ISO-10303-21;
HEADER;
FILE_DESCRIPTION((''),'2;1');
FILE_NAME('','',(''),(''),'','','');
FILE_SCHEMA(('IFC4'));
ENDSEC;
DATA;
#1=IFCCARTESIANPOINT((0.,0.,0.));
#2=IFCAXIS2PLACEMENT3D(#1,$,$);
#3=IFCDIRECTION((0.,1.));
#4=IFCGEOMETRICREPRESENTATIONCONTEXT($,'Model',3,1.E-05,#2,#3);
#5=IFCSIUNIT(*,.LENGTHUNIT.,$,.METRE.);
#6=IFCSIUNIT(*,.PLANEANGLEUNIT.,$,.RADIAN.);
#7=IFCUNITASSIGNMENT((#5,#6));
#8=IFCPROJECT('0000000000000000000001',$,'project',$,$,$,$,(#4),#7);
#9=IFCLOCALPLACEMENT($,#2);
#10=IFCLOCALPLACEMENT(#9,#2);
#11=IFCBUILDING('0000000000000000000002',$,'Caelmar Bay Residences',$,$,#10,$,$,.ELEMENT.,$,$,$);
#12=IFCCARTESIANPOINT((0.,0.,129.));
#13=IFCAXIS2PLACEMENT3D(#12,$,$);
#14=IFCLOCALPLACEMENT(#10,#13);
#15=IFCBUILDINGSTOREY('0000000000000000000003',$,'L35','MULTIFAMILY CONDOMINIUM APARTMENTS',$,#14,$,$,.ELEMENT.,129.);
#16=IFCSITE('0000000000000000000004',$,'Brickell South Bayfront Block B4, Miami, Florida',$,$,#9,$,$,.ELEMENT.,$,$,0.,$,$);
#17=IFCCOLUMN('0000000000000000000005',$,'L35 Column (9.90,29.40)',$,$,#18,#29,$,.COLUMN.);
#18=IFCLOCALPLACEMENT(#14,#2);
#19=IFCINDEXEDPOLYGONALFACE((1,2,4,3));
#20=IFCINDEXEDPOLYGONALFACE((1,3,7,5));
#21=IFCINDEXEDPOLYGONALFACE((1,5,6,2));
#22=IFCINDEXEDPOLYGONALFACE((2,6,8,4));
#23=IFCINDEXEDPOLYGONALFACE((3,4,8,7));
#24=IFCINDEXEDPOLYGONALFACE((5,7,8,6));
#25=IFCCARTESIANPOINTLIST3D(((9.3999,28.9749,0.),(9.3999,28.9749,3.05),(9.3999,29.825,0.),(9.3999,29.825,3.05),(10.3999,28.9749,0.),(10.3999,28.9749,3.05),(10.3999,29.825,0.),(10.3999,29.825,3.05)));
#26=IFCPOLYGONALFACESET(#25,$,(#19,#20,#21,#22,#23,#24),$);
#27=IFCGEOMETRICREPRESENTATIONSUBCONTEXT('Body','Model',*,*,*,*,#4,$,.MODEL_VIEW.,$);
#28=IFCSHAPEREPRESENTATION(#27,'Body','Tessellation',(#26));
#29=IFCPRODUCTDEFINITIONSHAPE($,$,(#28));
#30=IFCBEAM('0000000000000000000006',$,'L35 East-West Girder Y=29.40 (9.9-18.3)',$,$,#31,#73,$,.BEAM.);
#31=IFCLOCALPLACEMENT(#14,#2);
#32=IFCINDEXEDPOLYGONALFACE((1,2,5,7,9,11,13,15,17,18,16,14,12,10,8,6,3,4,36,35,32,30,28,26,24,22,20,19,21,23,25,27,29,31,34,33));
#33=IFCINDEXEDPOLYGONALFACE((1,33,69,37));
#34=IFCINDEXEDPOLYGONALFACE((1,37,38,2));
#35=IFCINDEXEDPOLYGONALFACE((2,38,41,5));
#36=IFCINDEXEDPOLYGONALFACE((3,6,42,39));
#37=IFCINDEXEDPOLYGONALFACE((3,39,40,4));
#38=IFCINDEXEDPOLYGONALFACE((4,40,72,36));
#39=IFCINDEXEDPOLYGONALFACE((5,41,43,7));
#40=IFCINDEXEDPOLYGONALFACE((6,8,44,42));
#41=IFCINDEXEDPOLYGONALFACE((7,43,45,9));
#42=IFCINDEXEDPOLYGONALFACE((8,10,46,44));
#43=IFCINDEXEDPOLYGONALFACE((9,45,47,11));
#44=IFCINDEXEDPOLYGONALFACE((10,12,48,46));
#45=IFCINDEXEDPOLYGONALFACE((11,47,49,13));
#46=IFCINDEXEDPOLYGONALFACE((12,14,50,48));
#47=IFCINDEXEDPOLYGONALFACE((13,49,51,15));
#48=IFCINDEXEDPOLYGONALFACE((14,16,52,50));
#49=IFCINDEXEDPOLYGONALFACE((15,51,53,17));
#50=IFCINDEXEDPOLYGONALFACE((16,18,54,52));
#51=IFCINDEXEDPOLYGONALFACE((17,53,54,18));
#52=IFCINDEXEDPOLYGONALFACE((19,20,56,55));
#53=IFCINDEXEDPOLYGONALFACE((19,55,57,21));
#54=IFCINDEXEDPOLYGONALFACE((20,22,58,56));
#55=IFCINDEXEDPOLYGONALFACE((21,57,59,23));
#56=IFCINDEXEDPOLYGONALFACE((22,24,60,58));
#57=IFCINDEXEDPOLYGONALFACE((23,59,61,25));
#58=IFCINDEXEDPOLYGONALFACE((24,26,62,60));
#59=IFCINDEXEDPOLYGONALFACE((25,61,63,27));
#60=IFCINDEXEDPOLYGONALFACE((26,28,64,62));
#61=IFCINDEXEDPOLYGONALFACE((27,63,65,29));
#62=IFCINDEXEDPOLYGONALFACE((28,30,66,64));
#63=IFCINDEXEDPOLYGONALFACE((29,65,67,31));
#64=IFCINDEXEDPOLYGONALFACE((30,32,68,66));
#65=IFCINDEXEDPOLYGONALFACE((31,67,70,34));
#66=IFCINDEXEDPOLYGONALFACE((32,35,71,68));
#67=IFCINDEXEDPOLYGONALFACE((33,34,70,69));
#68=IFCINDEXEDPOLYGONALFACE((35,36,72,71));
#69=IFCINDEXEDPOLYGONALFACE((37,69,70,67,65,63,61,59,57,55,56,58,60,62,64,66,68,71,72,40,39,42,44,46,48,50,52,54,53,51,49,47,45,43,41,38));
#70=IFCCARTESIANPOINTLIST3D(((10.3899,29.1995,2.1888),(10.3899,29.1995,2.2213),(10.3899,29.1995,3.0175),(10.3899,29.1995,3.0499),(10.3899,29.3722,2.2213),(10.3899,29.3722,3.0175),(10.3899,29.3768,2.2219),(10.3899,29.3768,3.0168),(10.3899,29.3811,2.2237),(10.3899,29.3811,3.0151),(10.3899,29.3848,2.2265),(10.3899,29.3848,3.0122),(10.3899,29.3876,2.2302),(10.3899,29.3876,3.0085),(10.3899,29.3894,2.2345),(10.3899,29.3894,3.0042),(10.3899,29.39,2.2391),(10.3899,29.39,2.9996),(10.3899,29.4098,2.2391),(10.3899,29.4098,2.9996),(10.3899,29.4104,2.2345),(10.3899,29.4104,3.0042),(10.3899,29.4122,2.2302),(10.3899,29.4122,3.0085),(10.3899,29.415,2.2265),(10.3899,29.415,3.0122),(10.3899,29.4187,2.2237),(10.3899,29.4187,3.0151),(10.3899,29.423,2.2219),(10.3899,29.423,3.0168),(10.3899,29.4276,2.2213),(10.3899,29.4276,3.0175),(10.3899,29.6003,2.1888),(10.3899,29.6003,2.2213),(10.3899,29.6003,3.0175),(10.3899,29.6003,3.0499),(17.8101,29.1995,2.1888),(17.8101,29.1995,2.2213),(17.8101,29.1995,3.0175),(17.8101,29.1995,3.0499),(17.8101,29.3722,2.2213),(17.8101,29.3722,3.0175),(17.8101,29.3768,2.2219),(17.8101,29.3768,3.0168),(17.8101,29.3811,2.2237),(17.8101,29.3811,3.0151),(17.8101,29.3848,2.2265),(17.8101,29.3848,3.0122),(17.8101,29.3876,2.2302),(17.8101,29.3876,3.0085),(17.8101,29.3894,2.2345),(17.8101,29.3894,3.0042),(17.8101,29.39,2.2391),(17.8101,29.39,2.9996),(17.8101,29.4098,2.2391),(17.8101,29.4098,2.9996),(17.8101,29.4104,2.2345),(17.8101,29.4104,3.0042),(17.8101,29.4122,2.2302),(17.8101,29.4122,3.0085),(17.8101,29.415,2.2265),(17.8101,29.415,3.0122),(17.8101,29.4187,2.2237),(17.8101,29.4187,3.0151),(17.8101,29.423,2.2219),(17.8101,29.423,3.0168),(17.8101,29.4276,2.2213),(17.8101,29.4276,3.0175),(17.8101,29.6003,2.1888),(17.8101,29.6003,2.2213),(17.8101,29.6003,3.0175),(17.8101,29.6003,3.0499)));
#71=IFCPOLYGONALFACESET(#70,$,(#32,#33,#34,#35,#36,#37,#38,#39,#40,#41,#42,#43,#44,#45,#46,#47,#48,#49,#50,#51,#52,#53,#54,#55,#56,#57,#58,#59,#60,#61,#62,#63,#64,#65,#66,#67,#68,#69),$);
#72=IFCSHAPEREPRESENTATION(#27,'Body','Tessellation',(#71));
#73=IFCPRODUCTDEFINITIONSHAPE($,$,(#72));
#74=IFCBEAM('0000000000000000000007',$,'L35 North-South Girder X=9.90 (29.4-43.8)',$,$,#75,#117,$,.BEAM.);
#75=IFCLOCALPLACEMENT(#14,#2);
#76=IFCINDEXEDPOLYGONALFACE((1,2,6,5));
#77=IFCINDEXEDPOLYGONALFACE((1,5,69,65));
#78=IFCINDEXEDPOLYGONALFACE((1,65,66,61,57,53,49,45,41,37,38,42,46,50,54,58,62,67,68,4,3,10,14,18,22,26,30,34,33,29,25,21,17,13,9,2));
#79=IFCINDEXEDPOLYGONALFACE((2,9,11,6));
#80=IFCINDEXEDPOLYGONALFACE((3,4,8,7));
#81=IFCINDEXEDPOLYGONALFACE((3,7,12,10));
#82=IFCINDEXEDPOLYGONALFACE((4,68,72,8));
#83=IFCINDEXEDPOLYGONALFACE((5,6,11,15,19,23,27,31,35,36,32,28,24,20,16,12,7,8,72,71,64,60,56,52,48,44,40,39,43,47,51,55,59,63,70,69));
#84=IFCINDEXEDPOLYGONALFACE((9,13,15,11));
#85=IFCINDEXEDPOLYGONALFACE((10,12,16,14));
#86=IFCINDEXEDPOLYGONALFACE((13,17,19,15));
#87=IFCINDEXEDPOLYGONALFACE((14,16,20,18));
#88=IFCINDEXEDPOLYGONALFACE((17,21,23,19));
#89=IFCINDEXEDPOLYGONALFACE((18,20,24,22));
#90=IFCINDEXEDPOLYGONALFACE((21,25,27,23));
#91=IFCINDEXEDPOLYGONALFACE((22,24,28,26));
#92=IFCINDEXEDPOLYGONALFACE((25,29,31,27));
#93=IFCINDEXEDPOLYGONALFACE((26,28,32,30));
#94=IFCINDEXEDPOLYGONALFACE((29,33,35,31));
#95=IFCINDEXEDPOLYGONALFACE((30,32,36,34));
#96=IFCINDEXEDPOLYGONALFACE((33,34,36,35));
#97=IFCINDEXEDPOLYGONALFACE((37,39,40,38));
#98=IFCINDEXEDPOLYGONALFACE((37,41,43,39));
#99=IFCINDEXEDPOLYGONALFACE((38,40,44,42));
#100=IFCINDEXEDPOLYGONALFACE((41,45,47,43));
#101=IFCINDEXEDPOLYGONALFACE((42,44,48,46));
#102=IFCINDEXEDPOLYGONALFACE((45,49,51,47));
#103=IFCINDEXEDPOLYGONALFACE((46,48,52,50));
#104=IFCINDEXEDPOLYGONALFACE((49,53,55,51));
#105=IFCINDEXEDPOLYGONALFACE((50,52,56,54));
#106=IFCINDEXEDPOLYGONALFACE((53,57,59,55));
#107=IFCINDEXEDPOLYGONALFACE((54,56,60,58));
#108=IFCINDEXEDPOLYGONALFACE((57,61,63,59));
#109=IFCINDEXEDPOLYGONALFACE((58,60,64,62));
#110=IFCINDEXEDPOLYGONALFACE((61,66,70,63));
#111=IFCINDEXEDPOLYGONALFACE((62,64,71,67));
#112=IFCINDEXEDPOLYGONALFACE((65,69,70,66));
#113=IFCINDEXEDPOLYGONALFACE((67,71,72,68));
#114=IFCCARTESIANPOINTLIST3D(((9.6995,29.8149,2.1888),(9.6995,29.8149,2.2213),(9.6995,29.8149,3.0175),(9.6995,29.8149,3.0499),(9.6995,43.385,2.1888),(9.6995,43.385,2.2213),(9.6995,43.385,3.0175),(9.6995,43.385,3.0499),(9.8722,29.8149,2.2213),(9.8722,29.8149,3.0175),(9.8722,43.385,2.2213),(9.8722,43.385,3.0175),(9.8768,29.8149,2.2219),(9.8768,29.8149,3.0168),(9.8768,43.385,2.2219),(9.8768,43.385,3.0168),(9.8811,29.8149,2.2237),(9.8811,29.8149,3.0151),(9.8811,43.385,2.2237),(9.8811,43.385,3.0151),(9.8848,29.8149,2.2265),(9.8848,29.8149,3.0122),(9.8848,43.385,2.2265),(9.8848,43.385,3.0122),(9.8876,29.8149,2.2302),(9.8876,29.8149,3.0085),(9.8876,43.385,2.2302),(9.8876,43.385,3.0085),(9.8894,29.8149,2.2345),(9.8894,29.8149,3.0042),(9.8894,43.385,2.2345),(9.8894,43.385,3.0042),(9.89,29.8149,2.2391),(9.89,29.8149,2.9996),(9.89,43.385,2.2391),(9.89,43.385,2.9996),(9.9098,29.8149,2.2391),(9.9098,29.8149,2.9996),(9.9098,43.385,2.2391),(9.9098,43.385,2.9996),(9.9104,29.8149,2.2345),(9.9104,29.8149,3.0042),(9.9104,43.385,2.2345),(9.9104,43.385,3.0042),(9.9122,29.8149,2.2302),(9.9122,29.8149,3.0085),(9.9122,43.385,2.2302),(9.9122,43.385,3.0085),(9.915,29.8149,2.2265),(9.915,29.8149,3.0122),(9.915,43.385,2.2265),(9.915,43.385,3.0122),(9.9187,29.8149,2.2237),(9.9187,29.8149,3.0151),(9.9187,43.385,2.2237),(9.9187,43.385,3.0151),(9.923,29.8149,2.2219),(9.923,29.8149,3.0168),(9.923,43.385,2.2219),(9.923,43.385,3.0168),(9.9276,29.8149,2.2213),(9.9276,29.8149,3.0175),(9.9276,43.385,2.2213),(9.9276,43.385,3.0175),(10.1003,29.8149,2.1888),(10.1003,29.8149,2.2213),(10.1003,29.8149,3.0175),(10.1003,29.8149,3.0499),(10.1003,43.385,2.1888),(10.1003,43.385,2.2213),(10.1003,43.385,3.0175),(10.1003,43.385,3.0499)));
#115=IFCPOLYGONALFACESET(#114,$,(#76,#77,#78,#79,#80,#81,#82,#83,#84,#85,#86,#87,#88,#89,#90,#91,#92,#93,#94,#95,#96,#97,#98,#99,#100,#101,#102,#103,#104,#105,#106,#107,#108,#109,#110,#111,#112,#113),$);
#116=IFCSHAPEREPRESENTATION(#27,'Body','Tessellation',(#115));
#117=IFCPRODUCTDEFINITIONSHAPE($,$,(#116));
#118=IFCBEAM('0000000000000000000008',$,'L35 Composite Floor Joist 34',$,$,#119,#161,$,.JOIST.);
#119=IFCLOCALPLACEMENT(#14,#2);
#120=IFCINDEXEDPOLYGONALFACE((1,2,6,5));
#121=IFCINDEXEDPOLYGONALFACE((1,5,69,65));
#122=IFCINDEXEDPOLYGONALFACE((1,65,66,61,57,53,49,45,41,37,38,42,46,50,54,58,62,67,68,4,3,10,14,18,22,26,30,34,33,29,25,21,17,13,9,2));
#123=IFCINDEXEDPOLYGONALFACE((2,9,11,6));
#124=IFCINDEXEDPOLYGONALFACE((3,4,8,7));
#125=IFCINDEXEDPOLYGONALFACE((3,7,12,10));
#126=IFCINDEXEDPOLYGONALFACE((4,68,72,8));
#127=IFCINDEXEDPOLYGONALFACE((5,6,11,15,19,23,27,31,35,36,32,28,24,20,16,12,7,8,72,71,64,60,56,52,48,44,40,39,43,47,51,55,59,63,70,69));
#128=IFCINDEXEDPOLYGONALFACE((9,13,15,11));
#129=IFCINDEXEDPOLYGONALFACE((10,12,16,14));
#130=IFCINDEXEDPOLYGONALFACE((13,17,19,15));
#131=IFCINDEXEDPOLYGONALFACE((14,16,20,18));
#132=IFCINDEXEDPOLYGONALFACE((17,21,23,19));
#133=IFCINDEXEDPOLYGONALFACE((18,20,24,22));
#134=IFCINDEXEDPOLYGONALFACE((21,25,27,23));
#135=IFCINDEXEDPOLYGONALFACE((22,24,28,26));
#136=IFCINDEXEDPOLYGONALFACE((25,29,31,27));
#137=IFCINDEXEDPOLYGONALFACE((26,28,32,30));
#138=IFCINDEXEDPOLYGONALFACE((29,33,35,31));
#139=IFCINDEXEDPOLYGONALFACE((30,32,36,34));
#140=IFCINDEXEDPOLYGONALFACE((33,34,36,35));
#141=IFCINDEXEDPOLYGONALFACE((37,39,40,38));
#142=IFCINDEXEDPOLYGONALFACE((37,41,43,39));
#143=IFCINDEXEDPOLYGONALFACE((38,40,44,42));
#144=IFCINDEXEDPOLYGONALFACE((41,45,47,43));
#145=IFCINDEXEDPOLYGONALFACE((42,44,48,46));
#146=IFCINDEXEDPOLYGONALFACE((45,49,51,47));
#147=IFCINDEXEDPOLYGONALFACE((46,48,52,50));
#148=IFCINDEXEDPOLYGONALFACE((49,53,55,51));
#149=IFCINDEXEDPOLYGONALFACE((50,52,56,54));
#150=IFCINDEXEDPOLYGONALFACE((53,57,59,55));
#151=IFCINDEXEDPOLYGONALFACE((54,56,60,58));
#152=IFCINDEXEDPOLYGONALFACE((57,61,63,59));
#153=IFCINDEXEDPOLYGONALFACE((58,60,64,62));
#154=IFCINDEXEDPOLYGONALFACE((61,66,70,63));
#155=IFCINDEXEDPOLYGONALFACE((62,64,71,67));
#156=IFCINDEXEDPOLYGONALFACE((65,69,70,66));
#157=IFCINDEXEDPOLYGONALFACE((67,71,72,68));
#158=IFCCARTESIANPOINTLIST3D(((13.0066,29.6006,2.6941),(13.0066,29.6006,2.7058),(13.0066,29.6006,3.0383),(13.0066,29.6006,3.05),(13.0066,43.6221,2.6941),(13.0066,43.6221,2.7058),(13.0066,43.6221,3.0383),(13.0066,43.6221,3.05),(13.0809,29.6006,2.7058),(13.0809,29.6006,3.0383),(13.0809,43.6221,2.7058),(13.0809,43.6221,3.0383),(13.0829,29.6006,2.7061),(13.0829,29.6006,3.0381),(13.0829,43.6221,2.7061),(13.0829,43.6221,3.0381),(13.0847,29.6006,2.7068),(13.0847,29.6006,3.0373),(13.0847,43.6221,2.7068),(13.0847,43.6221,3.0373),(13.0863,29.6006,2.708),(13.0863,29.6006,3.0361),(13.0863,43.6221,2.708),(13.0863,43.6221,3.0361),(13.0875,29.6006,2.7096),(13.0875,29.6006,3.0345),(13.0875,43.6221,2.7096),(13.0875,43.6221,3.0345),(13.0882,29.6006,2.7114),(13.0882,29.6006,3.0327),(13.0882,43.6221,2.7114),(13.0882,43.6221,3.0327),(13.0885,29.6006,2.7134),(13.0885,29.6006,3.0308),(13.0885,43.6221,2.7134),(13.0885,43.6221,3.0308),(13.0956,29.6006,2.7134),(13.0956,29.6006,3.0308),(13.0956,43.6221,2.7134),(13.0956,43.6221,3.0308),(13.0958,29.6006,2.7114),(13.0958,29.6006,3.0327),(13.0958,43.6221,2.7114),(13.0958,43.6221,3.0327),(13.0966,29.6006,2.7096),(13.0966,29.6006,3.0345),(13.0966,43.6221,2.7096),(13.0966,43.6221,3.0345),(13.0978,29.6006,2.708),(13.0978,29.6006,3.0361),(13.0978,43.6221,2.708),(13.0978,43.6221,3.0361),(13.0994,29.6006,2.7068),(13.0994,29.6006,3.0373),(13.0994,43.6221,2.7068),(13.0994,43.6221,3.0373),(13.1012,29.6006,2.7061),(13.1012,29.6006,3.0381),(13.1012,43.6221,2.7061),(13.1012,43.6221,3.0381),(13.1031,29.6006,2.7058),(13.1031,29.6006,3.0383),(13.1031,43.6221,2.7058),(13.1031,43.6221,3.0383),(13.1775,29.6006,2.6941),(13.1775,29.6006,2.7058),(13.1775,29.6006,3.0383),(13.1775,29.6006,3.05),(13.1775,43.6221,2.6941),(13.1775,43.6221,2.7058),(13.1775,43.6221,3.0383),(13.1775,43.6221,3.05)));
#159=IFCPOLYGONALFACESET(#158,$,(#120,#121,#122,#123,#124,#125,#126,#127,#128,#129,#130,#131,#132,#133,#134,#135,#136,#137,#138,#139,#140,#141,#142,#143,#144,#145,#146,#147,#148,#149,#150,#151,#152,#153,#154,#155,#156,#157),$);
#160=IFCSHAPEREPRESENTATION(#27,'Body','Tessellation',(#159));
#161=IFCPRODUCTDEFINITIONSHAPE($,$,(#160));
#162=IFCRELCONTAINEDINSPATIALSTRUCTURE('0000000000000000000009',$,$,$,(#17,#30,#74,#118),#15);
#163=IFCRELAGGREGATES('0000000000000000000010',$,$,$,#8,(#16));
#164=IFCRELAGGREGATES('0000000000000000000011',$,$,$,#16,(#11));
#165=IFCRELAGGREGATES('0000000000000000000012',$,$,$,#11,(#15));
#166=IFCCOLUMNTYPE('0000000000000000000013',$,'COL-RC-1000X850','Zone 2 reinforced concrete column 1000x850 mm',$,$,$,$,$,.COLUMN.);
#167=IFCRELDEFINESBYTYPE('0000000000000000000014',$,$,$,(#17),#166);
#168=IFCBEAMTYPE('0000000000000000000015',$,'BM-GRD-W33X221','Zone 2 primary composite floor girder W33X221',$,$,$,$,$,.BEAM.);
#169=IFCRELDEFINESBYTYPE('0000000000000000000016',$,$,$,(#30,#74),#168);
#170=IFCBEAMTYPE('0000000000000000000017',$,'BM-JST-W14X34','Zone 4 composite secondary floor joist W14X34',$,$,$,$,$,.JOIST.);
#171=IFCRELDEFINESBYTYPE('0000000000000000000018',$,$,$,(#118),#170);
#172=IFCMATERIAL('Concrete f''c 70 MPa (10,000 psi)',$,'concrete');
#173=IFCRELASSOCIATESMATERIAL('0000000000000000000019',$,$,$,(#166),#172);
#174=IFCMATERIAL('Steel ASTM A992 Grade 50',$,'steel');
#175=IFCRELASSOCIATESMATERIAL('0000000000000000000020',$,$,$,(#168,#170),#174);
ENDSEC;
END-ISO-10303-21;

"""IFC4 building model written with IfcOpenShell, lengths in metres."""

from ifc_helpers import new_model, si_unit, direction, frame, origin, origin_2d, place, context, subcontext, project, spatial, rectangle, i_section, extrude, material, material_profile, profile_set, type_object, element, save


model = new_model("IFC4")

# Units and contexts
model_context = context("Model", 3, precision=1e-05, world=origin(), true_north=direction((0.0, 1.0)))
body_context = subcontext(model_context, "Body", "Model", "MODEL_VIEW")
ifc_project = project(units=[si_unit("LENGTHUNIT", "METRE"), si_unit("PLANEANGLEUNIT", "RADIAN")], contexts=[model_context])

# Site, building, storey
site_placement = place(None, origin())
site = spatial("IfcSite", under=ifc_project, at=site_placement, Name="Brickell South Bayfront Block B4, Miami, Florida", CompositionType="ELEMENT", RefElevation=0.0)
building_placement = place(site_placement, origin())
building = spatial("IfcBuilding", under=site, at=building_placement, Name="Caelmar Bay Residences", CompositionType="ELEMENT")
storey_placement = place(building_placement, frame((0.0, 0.0, 129.0)))
storey = spatial("IfcBuildingStorey", under=building, at=storey_placement, Name="L35", Description="MULTIFAMILY CONDOMINIUM APARTMENTS", CompositionType="ELEMENT", Elevation=129.0)

# Column
ifc_material_1 = material(Name="Concrete f'c 70 MPa (10,000 psi)", Category="concrete")
ifc_material_profile_1 = material_profile(ifc_material_1, rectangle(XDim=1.0, YDim=0.8501, at=origin_2d()), Name="RC-COL-1000X850")
ifc_profile_set_1 = profile_set([ifc_material_profile_1], Name="Concrete f'c 70 MPa (10,000 psi)")
column_type = type_object("IfcColumnType", Name="COL-RC-1000X850", Description="Zone 2 reinforced concrete column 1000x850 mm", PredefinedType="COLUMN", material=ifc_profile_set_1)
column_placement = place(storey_placement, frame((9.8999, 29.3999, 0.0), z_axis=(0.0, 0.0, 1.0), x_axis=(1.0, 0.0, 0.0)))
element("IfcColumn", 1, at=column_placement, inside=storey, type_object=column_type, Name="L35 Column (9.90,29.40)", PredefinedType="COLUMN", context=body_context, shape_type="SweptSolid", body=[
    extrude(rectangle(XDim=1.0, YDim=0.8501, at=origin_2d()), origin(), (0.0, 0.0, 1.0), 3.05),
])

# Beams
ifc_material_2 = material(Name="Steel ASTM A992 Grade 50", Category="steel")
ifc_material_profile_2 = material_profile(ifc_material_2, i_section(OverallWidth=0.4009, OverallDepth=0.8611, WebThickness=0.0198, FlangeThickness=0.0325, FilletRadius=0.0178, at=origin_2d()), Name="W33X221")
ifc_profile_set_2 = profile_set([ifc_material_profile_2], Name="Steel ASTM A992 Grade 50")
beam_type_1 = type_object("IfcBeamType", Name="BM-GRD-W33X221", Description="Zone 2 primary composite floor girder W33X221", PredefinedType="BEAM", material=ifc_profile_set_2)
beam_1_placement = place(storey_placement, frame((10.3899, 29.3999, 2.6194), z_axis=(1.0, 0.0, 0.0), x_axis=(0.0, 1.0, 0.0)))
element("IfcBeam", 2, at=beam_1_placement, inside=storey, type_object=beam_type_1, Name="L35 East-West Girder Y=29.40 (9.9-18.3)", PredefinedType="BEAM", context=body_context, shape_type="SweptSolid", body=[
    extrude(i_section(OverallWidth=0.4009, OverallDepth=0.8611, WebThickness=0.0198, FlangeThickness=0.0325, FilletRadius=0.0178, at=origin_2d()), origin(), (0.0, 0.0, 1.0), 7.4202),
])
beam_2_placement = place(storey_placement, frame((9.8999, 29.8149, 2.6194), z_axis=(0.0, 1.0, 0.0), x_axis=(-1.0, 0.0, 0.0)))
element("IfcBeam", 3, at=beam_2_placement, inside=storey, type_object=beam_type_1, Name="L35 North-South Girder X=9.90 (29.4-43.8)", PredefinedType="BEAM", context=body_context, shape_type="SweptSolid", body=[
    extrude(i_section(OverallWidth=0.4009, OverallDepth=0.8611, WebThickness=0.0198, FlangeThickness=0.0325, FilletRadius=0.0178, at=origin_2d()), origin(), (0.0, 0.0, 1.0), 13.5701),
])
ifc_material_profile_3 = material_profile(ifc_material_2, i_section(OverallWidth=0.1709, OverallDepth=0.356, WebThickness=0.0071, FlangeThickness=0.0117, FilletRadius=0.0076, at=origin_2d()), Name="W14X34")
ifc_profile_set_3 = profile_set([ifc_material_profile_3], Name="Steel ASTM A992 Grade 50")
beam_type_2 = type_object("IfcBeamType", Name="BM-JST-W14X34", Description="Zone 4 composite secondary floor joist W14X34", PredefinedType="JOIST", material=ifc_profile_set_3)
beam_3_placement = place(storey_placement, frame((13.092, 29.6006, 2.8721), z_axis=(0.0, 1.0, 0.0), x_axis=(-1.0, 0.0, 0.0)))
element("IfcBeam", 4, at=beam_3_placement, inside=storey, type_object=beam_type_2, Name="L35 Composite Floor Joist 34", PredefinedType="JOIST", context=body_context, shape_type="SweptSolid", body=[
    extrude(i_section(OverallWidth=0.1709, OverallDepth=0.356, WebThickness=0.0071, FlangeThickness=0.0117, FilletRadius=0.0076, at=origin_2d()), origin(), (0.0, 0.0, 1.0), 14.0215),
])

save(model, "model.ifc")
